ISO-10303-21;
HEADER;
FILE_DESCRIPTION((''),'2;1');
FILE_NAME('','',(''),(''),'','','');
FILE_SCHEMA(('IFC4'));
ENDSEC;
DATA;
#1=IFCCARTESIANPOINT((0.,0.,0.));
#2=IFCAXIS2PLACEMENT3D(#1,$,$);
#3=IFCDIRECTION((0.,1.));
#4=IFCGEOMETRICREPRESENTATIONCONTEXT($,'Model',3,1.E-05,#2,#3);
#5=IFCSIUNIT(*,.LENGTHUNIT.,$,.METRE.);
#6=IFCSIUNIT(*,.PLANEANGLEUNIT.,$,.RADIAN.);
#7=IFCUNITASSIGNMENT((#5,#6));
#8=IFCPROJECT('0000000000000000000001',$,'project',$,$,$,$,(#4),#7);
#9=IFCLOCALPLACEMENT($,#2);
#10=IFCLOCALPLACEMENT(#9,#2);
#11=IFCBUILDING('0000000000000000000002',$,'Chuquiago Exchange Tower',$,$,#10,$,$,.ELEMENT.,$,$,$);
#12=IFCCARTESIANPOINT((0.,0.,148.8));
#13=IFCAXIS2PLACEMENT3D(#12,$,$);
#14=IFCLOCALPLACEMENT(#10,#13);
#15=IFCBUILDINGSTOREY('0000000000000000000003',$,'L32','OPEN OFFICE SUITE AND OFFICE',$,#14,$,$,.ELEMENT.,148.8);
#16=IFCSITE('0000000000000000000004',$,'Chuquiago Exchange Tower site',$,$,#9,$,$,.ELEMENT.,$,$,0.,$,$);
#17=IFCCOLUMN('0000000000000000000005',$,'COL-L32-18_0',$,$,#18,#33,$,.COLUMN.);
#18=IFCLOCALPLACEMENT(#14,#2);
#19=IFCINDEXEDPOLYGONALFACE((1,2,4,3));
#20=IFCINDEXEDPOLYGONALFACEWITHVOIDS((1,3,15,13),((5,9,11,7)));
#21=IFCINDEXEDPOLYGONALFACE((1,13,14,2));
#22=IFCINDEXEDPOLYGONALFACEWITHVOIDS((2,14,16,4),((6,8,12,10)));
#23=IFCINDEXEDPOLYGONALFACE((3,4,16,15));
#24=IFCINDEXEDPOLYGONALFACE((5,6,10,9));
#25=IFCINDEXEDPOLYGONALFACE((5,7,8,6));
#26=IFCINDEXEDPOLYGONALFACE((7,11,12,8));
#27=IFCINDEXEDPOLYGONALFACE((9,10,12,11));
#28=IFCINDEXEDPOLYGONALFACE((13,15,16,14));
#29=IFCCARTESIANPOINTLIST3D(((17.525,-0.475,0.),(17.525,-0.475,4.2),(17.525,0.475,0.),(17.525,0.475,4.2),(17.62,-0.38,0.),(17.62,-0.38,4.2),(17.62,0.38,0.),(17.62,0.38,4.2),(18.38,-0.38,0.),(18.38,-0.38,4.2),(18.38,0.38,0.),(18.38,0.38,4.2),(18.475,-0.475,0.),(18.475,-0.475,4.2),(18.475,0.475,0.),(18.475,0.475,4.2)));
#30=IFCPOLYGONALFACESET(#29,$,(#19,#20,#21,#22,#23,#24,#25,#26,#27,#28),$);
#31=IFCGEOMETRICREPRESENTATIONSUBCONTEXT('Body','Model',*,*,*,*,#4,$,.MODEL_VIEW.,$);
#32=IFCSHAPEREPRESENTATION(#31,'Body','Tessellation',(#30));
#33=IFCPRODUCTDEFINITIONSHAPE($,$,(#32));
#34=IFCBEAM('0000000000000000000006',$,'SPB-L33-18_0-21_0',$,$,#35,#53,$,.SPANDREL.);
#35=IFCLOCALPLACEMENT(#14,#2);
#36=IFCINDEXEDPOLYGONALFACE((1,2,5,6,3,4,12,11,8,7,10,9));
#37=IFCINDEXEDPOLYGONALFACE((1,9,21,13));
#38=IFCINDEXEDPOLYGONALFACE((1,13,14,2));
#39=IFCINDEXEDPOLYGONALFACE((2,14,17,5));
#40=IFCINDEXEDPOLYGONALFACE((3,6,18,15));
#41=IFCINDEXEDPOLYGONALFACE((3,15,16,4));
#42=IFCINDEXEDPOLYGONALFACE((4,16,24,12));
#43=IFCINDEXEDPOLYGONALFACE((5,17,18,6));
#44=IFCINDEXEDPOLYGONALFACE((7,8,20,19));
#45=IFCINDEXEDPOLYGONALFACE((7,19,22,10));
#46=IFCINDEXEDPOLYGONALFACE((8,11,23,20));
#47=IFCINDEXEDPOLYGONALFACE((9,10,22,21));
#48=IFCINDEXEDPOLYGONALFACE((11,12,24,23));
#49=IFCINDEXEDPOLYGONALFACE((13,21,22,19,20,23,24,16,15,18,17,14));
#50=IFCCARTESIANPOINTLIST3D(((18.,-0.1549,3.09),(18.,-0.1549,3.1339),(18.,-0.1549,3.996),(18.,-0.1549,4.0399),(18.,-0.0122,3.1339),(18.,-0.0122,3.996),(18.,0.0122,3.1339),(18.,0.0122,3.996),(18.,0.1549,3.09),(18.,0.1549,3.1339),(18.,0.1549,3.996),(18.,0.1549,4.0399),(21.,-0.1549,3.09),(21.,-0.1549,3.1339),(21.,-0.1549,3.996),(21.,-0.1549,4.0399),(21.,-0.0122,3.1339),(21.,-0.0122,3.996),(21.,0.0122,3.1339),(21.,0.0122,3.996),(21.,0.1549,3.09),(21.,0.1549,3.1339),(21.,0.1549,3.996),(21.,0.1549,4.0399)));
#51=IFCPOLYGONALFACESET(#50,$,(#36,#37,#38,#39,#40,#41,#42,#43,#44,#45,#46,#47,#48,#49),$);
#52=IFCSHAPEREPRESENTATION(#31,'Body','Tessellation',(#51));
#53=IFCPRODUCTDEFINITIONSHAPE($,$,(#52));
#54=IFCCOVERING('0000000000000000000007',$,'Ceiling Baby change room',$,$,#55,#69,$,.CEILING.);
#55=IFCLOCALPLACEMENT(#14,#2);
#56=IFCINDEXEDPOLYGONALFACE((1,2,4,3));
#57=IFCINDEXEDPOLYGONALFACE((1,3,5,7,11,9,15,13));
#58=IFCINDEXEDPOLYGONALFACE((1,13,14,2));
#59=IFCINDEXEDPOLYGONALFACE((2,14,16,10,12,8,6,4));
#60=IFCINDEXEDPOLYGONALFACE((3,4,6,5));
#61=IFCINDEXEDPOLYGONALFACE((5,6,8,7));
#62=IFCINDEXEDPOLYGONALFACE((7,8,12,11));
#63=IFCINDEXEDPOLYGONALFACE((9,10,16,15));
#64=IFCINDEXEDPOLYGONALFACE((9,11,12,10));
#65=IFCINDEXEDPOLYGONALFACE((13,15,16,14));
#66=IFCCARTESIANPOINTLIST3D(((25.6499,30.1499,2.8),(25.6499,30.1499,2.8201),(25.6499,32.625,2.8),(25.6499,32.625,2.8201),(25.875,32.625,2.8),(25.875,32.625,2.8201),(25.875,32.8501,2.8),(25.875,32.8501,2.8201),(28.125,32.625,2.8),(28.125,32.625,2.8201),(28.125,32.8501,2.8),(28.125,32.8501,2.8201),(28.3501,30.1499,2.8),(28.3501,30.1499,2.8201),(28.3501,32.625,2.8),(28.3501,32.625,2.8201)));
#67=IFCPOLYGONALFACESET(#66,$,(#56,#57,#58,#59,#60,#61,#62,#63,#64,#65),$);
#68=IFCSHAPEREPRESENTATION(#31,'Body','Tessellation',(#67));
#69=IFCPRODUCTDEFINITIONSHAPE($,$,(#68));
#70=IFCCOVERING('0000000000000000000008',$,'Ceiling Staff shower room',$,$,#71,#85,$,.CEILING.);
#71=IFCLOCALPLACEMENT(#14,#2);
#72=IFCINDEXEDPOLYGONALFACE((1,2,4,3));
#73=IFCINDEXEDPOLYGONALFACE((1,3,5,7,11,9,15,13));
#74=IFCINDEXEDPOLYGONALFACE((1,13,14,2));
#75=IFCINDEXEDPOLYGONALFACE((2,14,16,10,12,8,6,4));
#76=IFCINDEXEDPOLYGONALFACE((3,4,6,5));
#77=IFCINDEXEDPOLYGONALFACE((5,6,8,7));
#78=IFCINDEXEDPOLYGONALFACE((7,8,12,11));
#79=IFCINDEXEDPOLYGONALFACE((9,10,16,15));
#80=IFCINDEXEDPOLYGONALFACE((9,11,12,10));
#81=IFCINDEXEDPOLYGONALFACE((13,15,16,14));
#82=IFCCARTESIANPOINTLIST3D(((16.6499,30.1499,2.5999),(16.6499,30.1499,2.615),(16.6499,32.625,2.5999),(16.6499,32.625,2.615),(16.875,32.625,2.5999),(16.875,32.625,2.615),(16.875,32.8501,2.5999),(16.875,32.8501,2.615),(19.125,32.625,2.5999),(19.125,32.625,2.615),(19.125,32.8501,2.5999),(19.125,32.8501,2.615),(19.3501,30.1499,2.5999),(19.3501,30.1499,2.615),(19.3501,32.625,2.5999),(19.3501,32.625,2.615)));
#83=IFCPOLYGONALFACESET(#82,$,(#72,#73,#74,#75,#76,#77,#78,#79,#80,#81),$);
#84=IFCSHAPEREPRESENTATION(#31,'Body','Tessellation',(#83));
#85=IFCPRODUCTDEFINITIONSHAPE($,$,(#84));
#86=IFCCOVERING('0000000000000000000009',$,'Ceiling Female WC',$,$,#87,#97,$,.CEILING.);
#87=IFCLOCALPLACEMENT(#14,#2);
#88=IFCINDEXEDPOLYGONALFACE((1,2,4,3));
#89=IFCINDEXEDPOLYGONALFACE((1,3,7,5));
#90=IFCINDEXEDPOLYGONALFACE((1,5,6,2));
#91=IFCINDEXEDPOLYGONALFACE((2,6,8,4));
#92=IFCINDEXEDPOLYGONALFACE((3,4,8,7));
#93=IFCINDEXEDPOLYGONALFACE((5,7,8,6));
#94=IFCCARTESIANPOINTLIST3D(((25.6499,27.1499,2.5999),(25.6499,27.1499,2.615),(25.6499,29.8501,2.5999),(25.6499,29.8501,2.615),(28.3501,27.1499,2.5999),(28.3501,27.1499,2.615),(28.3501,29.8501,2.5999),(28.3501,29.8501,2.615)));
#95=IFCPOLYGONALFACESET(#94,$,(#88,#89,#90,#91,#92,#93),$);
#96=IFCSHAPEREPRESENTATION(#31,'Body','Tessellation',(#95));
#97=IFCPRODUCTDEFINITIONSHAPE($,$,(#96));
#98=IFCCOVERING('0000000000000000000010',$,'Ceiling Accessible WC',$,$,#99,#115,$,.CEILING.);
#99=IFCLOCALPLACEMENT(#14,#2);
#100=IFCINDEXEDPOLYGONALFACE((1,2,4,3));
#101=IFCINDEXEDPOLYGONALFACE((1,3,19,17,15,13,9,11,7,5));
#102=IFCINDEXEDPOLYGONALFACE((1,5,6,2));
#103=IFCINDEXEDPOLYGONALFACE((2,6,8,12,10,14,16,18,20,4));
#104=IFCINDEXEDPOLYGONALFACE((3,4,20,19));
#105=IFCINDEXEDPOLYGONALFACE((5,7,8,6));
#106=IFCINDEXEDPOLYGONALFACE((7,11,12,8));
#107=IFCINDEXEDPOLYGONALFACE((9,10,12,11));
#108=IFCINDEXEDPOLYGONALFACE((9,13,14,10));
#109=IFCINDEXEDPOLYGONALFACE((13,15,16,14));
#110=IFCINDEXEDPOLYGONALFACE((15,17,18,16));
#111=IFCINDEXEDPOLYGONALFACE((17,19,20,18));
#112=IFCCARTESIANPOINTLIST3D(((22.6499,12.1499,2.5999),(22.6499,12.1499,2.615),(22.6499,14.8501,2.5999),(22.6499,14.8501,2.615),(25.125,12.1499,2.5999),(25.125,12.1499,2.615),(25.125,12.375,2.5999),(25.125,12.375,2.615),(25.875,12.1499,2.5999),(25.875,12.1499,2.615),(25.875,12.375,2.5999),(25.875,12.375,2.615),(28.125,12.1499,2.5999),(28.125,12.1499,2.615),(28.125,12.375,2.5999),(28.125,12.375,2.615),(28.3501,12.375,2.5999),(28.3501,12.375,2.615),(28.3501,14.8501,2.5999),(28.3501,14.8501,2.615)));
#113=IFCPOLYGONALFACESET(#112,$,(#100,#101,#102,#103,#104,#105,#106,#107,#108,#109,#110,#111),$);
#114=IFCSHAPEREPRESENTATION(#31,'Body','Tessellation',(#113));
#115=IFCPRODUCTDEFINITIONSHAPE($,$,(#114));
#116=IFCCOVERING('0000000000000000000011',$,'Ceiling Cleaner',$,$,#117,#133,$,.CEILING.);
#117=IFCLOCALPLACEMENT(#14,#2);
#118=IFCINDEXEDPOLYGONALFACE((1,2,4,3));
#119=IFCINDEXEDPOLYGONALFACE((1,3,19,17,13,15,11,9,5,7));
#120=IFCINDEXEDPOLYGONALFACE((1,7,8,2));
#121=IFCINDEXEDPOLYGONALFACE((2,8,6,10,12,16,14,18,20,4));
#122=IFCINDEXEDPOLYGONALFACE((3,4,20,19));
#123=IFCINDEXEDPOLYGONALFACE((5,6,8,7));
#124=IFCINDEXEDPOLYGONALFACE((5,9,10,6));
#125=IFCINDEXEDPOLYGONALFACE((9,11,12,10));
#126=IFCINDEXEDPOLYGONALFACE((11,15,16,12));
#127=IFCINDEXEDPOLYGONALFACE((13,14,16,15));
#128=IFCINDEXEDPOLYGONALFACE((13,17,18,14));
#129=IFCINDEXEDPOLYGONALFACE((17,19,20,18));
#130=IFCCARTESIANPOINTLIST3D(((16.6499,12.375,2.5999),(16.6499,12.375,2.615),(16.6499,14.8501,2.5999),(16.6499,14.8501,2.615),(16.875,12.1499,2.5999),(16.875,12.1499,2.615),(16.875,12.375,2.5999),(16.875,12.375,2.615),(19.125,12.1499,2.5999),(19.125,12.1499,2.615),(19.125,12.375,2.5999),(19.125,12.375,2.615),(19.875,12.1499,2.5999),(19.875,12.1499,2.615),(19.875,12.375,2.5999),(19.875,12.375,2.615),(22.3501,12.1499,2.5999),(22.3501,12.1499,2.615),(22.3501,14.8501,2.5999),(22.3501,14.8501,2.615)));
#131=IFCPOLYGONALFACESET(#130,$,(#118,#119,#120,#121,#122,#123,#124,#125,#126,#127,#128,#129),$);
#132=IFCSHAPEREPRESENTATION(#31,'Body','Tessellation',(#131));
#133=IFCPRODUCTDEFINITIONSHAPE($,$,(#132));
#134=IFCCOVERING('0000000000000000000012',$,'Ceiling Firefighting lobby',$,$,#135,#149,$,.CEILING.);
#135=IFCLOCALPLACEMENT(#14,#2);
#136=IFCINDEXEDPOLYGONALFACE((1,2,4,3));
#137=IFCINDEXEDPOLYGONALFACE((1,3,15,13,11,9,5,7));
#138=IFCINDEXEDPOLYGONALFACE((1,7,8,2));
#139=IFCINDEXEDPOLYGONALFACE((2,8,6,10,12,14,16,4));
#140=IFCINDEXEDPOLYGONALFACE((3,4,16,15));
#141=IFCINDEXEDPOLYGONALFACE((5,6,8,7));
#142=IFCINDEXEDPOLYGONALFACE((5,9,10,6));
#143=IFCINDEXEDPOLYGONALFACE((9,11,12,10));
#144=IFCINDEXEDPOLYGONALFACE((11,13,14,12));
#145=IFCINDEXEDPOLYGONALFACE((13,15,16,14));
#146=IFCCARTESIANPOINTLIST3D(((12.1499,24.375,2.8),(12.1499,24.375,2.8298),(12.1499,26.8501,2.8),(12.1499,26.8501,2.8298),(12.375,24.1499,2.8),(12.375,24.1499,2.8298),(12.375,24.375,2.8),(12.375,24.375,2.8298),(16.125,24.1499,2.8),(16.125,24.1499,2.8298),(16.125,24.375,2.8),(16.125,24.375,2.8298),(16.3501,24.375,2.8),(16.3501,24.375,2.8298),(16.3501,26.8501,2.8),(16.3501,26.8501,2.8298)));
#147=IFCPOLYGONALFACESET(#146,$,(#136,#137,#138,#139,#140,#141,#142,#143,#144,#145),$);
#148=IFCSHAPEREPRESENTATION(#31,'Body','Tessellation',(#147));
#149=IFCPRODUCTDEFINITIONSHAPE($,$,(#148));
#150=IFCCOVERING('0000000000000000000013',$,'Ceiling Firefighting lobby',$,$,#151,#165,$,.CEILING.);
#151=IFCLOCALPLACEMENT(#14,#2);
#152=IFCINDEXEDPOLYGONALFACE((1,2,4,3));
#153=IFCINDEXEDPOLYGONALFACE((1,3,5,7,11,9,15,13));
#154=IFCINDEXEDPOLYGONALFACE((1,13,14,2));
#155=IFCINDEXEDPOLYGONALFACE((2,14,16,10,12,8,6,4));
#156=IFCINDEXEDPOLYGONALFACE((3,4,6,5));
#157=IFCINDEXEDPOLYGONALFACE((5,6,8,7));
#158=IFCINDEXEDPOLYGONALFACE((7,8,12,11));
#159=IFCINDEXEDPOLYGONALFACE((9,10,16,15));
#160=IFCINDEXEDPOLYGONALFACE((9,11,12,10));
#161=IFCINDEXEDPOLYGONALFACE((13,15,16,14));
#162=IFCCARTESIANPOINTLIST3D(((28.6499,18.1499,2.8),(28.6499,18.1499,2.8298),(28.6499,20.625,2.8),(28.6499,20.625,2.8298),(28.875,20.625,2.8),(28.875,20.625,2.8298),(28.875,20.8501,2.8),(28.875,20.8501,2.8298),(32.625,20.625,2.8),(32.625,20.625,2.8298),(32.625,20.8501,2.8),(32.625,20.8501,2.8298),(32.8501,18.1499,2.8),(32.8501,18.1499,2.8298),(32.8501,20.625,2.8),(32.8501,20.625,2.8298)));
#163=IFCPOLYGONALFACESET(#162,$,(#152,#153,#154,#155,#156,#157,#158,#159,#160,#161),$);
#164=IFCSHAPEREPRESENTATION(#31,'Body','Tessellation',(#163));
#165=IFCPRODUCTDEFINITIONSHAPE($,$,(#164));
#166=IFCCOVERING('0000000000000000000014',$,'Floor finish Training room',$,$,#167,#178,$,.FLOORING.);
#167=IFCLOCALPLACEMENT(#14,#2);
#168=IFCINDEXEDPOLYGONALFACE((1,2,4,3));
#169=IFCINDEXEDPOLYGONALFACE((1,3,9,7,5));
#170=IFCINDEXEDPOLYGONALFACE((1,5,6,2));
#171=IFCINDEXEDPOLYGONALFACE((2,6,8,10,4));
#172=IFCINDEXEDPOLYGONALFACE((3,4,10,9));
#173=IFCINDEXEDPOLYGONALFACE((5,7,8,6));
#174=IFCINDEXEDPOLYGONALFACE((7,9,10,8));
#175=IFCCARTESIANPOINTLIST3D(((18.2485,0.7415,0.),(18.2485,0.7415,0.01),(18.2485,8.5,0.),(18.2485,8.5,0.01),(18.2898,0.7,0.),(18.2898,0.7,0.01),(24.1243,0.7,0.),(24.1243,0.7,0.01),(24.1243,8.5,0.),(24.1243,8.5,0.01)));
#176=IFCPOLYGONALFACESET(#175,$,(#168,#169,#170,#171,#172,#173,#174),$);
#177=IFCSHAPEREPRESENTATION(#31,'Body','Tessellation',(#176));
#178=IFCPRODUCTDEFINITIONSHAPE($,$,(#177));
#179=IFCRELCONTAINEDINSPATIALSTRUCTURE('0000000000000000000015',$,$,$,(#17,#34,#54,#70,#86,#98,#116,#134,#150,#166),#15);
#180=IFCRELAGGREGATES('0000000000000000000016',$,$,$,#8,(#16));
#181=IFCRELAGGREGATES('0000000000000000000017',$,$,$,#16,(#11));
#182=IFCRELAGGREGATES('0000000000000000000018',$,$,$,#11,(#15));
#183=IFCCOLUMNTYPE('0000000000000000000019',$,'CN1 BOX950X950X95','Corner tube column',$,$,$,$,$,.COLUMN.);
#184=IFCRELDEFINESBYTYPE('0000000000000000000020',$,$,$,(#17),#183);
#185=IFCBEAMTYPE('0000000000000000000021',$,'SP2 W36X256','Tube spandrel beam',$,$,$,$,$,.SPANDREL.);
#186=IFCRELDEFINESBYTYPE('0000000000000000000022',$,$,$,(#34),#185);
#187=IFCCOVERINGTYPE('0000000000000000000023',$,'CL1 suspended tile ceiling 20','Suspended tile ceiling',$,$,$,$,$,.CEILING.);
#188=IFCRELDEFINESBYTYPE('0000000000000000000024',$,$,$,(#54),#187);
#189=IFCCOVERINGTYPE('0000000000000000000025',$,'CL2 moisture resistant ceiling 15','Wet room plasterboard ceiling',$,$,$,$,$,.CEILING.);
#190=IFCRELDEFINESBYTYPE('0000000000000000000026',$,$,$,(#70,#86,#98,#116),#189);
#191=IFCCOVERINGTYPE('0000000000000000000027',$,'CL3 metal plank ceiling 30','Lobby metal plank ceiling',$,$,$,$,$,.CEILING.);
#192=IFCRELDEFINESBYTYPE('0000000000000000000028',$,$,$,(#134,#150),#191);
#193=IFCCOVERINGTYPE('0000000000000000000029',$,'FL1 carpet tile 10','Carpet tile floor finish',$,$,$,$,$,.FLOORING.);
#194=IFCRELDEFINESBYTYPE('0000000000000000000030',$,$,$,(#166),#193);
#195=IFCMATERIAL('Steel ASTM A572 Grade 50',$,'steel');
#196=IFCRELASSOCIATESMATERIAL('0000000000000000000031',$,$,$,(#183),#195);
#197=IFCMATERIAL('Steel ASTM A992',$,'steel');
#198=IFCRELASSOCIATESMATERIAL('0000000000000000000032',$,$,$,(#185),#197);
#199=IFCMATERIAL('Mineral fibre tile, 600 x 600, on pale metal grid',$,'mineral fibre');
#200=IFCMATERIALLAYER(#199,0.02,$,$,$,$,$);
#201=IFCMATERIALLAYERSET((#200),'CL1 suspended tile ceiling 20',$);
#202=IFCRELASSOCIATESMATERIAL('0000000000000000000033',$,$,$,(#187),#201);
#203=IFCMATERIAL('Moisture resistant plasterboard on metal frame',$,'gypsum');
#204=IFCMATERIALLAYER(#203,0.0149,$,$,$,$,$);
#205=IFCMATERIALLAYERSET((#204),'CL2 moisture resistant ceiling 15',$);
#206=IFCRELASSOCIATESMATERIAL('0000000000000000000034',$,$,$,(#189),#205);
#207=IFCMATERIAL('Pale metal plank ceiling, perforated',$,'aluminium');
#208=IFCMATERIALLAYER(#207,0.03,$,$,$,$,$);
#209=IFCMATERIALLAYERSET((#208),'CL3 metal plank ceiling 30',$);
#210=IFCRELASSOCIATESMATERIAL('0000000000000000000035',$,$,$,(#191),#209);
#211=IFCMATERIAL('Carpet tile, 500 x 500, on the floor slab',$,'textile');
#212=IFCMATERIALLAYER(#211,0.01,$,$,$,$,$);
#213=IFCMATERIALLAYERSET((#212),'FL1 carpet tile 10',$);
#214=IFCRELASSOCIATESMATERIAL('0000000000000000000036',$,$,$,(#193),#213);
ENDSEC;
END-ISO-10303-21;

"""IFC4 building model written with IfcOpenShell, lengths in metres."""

from ifc_helpers import new_model, si_unit, direction, frame, origin, origin_2d, place, context, subcontext, project, spatial, polyline, hollow_rectangle, i_section, outline, extrude, material, layer, layer_set, material_profile, profile_set, type_object, element, save


model = new_model("IFC4")

# Units and contexts
model_context = context("Model", 3, precision=1e-05, world=origin(), true_north=direction((0.0, 1.0)))
body_context = subcontext(model_context, "Body", "Model", "MODEL_VIEW")
ifc_project = project(units=[si_unit("LENGTHUNIT", "METRE"), si_unit("PLANEANGLEUNIT", "RADIAN")], contexts=[model_context])

# Site, building, storey
site_placement = place(None, origin())
site = spatial("IfcSite", under=ifc_project, at=site_placement, Name="Chuquiago Exchange Tower site", CompositionType="ELEMENT", RefElevation=0.0)
building_placement = place(site_placement, origin())
building = spatial("IfcBuilding", under=site, at=building_placement, Name="Chuquiago Exchange Tower", CompositionType="ELEMENT")
storey_placement = place(building_placement, frame((0.0, 0.0, 148.8)))
storey = spatial("IfcBuildingStorey", under=building, at=storey_placement, Name="L32", Description="OPEN OFFICE SUITE AND OFFICE", CompositionType="ELEMENT", Elevation=148.8)

# Column
ifc_material_1 = material(Name="Steel ASTM A572 Grade 50", Category="steel")
ifc_material_profile_1 = material_profile(ifc_material_1, hollow_rectangle(XDim=0.95, YDim=0.95, WallThickness=0.095, at=origin_2d()), Name="BOX950X950X95")
ifc_profile_set_1 = profile_set([ifc_material_profile_1], Name="Steel ASTM A572 Grade 50")
column_type = type_object("IfcColumnType", Name="CN1 BOX950X950X95", Description="Corner tube column", PredefinedType="COLUMN", material=ifc_profile_set_1)
column_placement = place(storey_placement, frame((18.0, 0.0, 0.0), z_axis=(0.0, 0.0, 1.0), x_axis=(0.0, -1.0, 0.0)))
element("IfcColumn", 1, at=column_placement, inside=storey, type_object=column_type, Name="COL-L32-18_0", PredefinedType="COLUMN", context=body_context, shape_type="SweptSolid", body=[
    extrude(hollow_rectangle(XDim=0.95, YDim=0.95, WallThickness=0.095, at=origin_2d()), origin(), (0.0, 0.0, 1.0), 4.2),
])

# Beam
ifc_material_2 = material(Name="Steel ASTM A992", Category="steel")
ifc_material_profile_2 = material_profile(ifc_material_2, i_section(OverallWidth=0.3098, OverallDepth=0.95, WebThickness=0.0244, FlangeThickness=0.0439, at=origin_2d()), Name="W36X256")
ifc_profile_set_2 = profile_set([ifc_material_profile_2], Name="Steel ASTM A992")
beam_type = type_object("IfcBeamType", Name="SP2 W36X256", Description="Tube spandrel beam", PredefinedType="SPANDREL", material=ifc_profile_set_2)
beam_placement = place(storey_placement, frame((18.0, 0.0, 3.5649), z_axis=(1.0, 0.0, 0.0), x_axis=(0.0, 1.0, 0.0)))
element("IfcBeam", 2, at=beam_placement, inside=storey, type_object=beam_type, Name="SPB-L33-18_0-21_0", PredefinedType="SPANDREL", context=body_context, shape_type="SweptSolid", body=[
    extrude(i_section(OverallWidth=0.3098, OverallDepth=0.95, WebThickness=0.0244, FlangeThickness=0.0439, at=origin_2d()), origin(), (0.0, 0.0, 1.0), 3.0),
])

# Coverings
ifc_material_3 = material(Name="Mineral fibre tile, 600 x 600, on pale metal grid", Category="mineral fibre")
ifc_layer_1 = layer(ifc_material_3, 0.02)
ifc_layer_set_1 = layer_set([ifc_layer_1], Name="CL1 suspended tile ceiling 20")
covering_type_1 = type_object("IfcCoveringType", Name="CL1 suspended tile ceiling 20", Description="Suspended tile ceiling", PredefinedType="CEILING", material=ifc_layer_set_1)
covering_1_placement = place(storey_placement, frame((0.0, 0.0, 2.8)))
element("IfcCovering", 3, at=covering_1_placement, inside=storey, type_object=covering_type_1, Name="Ceiling Baby change room", PredefinedType="CEILING", context=body_context, shape_type="SweptSolid", body=[
    extrude(outline(polyline([(25.6499, 30.1499), (25.6499, 32.625), (25.875, 32.625), (25.875, 32.8501), (28.125, 32.8501), (28.125, 32.625), (28.3501, 32.625), (28.3501, 30.1499), (25.6499, 30.1499)])), origin(), (0.0, 0.0, 1.0), 0.02),
])
ifc_material_4 = material(Name="Moisture resistant plasterboard on metal frame", Category="gypsum")
ifc_layer_2 = layer(ifc_material_4, 0.0149)
ifc_layer_set_2 = layer_set([ifc_layer_2], Name="CL2 moisture resistant ceiling 15")
covering_type_2 = type_object("IfcCoveringType", Name="CL2 moisture resistant ceiling 15", Description="Wet room plasterboard ceiling", PredefinedType="CEILING", material=ifc_layer_set_2)
covering_2_placement = place(storey_placement, frame((0.0, 0.0, 2.5999)))
element("IfcCovering", 4, at=covering_2_placement, inside=storey, type_object=covering_type_2, Name="Ceiling Staff shower room", PredefinedType="CEILING", context=body_context, shape_type="SweptSolid", body=[
    extrude(outline(polyline([(16.6499, 30.1499), (16.6499, 32.625), (16.875, 32.625), (16.875, 32.8501), (19.125, 32.8501), (19.125, 32.625), (19.3501, 32.625), (19.3501, 30.1499), (16.6499, 30.1499)])), origin(), (0.0, 0.0, 1.0), 0.0151),
])
covering_3_placement = place(storey_placement, frame((0.0, 0.0, 2.5999)))
element("IfcCovering", 5, at=covering_3_placement, inside=storey, type_object=covering_type_2, Name="Ceiling Female WC", PredefinedType="CEILING", context=body_context, shape_type="SweptSolid", body=[
    extrude(outline(polyline([(25.6499, 27.1499), (25.6499, 29.8501), (28.3501, 29.8501), (28.3501, 27.1499), (25.6499, 27.1499)])), origin(), (0.0, 0.0, 1.0), 0.0151),
])
covering_4_placement = place(storey_placement, frame((0.0, 0.0, 2.5999)))
element("IfcCovering", 6, at=covering_4_placement, inside=storey, type_object=covering_type_2, Name="Ceiling Accessible WC", PredefinedType="CEILING", context=body_context, shape_type="SweptSolid", body=[
    extrude(outline(polyline([(25.875, 12.1499), (25.875, 12.375), (25.125, 12.375), (25.125, 12.1499), (22.6499, 12.1499), (22.6499, 14.8501), (28.3501, 14.8501), (28.3501, 12.375), (28.125, 12.375), (28.125, 12.1499), (25.875, 12.1499)])), origin(), (0.0, 0.0, 1.0), 0.0151),
])
covering_5_placement = place(storey_placement, frame((0.0, 0.0, 2.5999)))
element("IfcCovering", 7, at=covering_5_placement, inside=storey, type_object=covering_type_2, Name="Ceiling Cleaner", PredefinedType="CEILING", context=body_context, shape_type="SweptSolid", body=[
    extrude(outline(polyline([(19.875, 12.1499), (19.875, 12.375), (19.125, 12.375), (19.125, 12.1499), (16.875, 12.1499), (16.875, 12.375), (16.6499, 12.375), (16.6499, 14.8501), (22.3501, 14.8501), (22.3501, 12.1499), (19.875, 12.1499)])), origin(), (0.0, 0.0, 1.0), 0.0151),
])
ifc_material_5 = material(Name="Pale metal plank ceiling, perforated", Category="aluminium")
ifc_layer_3 = layer(ifc_material_5, 0.03)
ifc_layer_set_3 = layer_set([ifc_layer_3], Name="CL3 metal plank ceiling 30")
covering_type_3 = type_object("IfcCoveringType", Name="CL3 metal plank ceiling 30", Description="Lobby metal plank ceiling", PredefinedType="CEILING", material=ifc_layer_set_3)
covering_6_placement = place(storey_placement, frame((0.0, 0.0, 2.8)))
element("IfcCovering", 8, at=covering_6_placement, inside=storey, type_object=covering_type_3, Name="Ceiling Firefighting lobby", PredefinedType="CEILING", context=body_context, shape_type="SweptSolid", body=[
    extrude(outline(polyline([(12.375, 24.1499), (12.375, 24.375), (12.1499, 24.375), (12.1499, 26.8501), (16.3501, 26.8501), (16.3501, 24.375), (16.125, 24.375), (16.125, 24.1499), (12.375, 24.1499)])), origin(), (0.0, 0.0, 1.0), 0.0298),
])
covering_7_placement = place(storey_placement, frame((0.0, 0.0, 2.8)))
element("IfcCovering", 9, at=covering_7_placement, inside=storey, type_object=covering_type_3, Name="Ceiling Firefighting lobby", PredefinedType="CEILING", context=body_context, shape_type="SweptSolid", body=[
    extrude(outline(polyline([(28.6499, 18.1499), (28.6499, 20.625), (28.875, 20.625), (28.875, 20.8501), (32.625, 20.8501), (32.625, 20.625), (32.8501, 20.625), (32.8501, 18.1499), (28.6499, 18.1499)])), origin(), (0.0, 0.0, 1.0), 0.0298),
])
ifc_material_6 = material(Name="Carpet tile, 500 x 500, on the floor slab", Category="textile")
ifc_layer_4 = layer(ifc_material_6, 0.01)
ifc_layer_set_4 = layer_set([ifc_layer_4], Name="FL1 carpet tile 10")
covering_type_4 = type_object("IfcCoveringType", Name="FL1 carpet tile 10", Description="Carpet tile floor finish", PredefinedType="FLOORING", material=ifc_layer_set_4)
covering_8_placement = place(storey_placement, origin())
element("IfcCovering", 10, at=covering_8_placement, inside=storey, type_object=covering_type_4, Name="Floor finish Training room", PredefinedType="FLOORING", context=body_context, shape_type="SweptSolid", body=[
    extrude(outline(polyline([(18.2898, 0.7), (18.2485, 0.7415), (18.2485, 8.5), (24.1243, 8.5), (24.1243, 0.7), (18.2898, 0.7)])), origin(), (0.0, 0.0, 1.0), 0.01),
])

save(model, "model.ifc")
